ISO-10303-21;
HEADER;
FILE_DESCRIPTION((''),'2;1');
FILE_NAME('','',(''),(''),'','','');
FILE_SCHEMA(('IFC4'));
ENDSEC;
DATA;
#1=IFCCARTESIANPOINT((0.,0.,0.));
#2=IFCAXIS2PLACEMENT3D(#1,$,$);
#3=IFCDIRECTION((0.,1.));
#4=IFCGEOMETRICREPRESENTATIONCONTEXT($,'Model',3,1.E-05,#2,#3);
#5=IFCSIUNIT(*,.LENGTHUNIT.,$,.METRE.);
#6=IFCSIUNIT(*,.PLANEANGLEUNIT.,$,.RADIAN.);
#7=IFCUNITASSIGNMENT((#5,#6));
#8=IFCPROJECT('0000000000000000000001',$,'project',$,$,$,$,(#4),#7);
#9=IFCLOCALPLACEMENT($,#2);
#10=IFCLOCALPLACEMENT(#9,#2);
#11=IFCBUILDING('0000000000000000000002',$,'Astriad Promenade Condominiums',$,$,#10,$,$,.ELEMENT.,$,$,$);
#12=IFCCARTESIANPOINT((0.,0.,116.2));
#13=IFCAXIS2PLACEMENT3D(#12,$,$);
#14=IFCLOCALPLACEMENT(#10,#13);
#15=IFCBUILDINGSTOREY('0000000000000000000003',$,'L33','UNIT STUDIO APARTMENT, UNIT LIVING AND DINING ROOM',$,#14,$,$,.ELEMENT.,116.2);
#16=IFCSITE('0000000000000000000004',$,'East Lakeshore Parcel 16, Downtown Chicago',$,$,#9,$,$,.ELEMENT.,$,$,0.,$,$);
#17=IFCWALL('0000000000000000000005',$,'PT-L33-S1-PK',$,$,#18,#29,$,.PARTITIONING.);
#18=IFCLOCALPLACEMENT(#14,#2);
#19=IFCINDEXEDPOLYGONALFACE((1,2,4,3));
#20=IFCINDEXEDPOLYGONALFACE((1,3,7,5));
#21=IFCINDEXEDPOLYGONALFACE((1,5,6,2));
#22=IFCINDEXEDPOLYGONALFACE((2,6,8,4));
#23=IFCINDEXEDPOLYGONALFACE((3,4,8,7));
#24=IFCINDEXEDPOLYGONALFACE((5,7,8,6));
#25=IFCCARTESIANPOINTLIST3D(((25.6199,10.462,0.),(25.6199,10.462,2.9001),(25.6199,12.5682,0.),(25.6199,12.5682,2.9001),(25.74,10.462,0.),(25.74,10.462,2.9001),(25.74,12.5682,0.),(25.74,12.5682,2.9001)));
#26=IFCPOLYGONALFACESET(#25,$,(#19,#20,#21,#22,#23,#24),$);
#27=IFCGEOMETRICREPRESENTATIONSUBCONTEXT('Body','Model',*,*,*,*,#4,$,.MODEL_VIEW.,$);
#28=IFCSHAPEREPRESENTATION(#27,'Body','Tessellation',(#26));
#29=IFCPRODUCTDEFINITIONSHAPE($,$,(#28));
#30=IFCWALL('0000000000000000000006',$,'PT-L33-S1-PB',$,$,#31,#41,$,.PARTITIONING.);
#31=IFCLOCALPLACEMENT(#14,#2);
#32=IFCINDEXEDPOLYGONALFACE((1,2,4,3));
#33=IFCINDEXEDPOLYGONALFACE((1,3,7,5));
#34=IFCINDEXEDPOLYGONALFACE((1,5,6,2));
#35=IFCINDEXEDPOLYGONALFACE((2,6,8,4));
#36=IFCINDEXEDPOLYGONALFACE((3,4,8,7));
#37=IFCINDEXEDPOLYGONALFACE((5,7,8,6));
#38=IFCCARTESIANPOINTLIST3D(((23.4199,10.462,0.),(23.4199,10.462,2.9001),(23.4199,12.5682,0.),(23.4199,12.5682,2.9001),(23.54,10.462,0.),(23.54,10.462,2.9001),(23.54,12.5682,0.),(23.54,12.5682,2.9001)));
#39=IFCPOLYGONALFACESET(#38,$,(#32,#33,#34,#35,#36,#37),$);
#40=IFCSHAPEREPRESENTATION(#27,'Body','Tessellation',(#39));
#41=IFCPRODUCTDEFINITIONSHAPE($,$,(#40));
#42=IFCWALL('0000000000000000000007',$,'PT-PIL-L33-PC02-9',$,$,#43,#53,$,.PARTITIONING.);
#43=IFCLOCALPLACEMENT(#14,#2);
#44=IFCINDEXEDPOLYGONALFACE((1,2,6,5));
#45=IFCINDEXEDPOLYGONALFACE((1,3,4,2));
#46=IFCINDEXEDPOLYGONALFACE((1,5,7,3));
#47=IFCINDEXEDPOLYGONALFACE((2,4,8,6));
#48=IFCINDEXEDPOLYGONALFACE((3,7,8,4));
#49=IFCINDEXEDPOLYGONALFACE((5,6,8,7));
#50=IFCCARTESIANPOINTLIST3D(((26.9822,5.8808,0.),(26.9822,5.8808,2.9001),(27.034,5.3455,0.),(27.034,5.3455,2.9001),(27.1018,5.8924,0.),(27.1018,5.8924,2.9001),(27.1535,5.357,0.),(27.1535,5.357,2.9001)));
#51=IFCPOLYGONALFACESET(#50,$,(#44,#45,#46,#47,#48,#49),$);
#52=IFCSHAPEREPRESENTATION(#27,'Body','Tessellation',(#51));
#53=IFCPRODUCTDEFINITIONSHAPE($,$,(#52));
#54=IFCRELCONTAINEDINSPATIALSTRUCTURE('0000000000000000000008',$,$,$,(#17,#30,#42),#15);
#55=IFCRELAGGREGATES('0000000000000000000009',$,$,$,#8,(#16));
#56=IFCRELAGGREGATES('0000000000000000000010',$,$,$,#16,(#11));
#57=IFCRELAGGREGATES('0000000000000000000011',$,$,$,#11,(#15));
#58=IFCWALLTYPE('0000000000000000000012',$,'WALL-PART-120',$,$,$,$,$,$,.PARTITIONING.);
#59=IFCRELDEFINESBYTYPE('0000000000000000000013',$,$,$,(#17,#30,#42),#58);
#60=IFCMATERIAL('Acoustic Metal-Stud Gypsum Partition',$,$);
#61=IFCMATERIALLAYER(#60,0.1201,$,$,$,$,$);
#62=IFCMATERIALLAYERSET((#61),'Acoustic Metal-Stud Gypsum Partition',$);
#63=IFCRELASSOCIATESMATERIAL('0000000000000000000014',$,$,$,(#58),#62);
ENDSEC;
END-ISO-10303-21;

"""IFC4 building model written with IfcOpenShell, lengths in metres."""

from ifc_helpers import new_model, si_unit, direction, frame, frame_2d, origin, place, context, subcontext, project, spatial, rectangle, extrude, material, layer, layer_set, type_object, element, save


model = new_model("IFC4")

# Units and contexts
model_context = context("Model", 3, precision=1e-05, world=origin(), true_north=direction((0.0, 1.0)))
body_context = subcontext(model_context, "Body", "Model", "MODEL_VIEW")
ifc_project = project(units=[si_unit("LENGTHUNIT", "METRE"), si_unit("PLANEANGLEUNIT", "RADIAN")], contexts=[model_context])

# Site, building, storey
site_placement = place(None, origin())
site = spatial("IfcSite", under=ifc_project, at=site_placement, Name="East Lakeshore Parcel 16, Downtown Chicago", CompositionType="ELEMENT", RefElevation=0.0)
building_placement = place(site_placement, origin())
building = spatial("IfcBuilding", under=site, at=building_placement, Name="Astriad Promenade Condominiums", CompositionType="ELEMENT")
storey_placement = place(building_placement, frame((0.0, 0.0, 116.2)))
storey = spatial("IfcBuildingStorey", under=building, at=storey_placement, Name="L33", Description="UNIT STUDIO APARTMENT, UNIT LIVING AND DINING ROOM", CompositionType="ELEMENT", Elevation=116.2)

# Shared definitions
ifc_material_1 = material(Name="Acoustic Metal-Stud Gypsum Partition")
ifc_layer_1 = layer(ifc_material_1, 0.1201)
ifc_layer_set_1 = layer_set([ifc_layer_1], Name="Acoustic Metal-Stud Gypsum Partition")
wall_type_1 = type_object("IfcWallType", Name="WALL-PART-120", PredefinedType="PARTITIONING", material=ifc_layer_set_1)

# Walls
for number, where, z_axis, x_axis, name in (
    (1, (25.6799, 10.4619, 0.0), (0.0, 0.0, 1.0), (0.0, 1.0, 0.0), "PT-L33-S1-PK"),
    (2, (23.48, 10.4619, 0.0), (0.0, 0.0, 1.0), (0.0, 1.0, 0.0), "PT-L33-S1-PB"),
):
    element("IfcWall", number, at=place(storey_placement, frame(where, z_axis=z_axis, x_axis=x_axis)), inside=storey, type_object=wall_type_1, Name=name, PredefinedType="PARTITIONING", context=body_context, shape_type="SweptSolid", body=[
        extrude(rectangle(XDim=2.1062, YDim=0.1201, at=frame_2d((1.0532, 0.0))), origin(), (0.0, 0.0, 1.0), 2.9001),
    ])
wall_1_placement = place(storey_placement, frame((27.042, 5.8867, 0.0), z_axis=(0.0, 0.0, 1.0), x_axis=(0.096223, -0.99536, 0.0)))
element("IfcWall", 3, at=wall_1_placement, inside=storey, type_object=wall_type_1, Name="PT-PIL-L33-PC02-9", PredefinedType="PARTITIONING", context=body_context, shape_type="SweptSolid", body=[
    extrude(rectangle(XDim=0.5378, YDim=0.1201, at=frame_2d((0.269, 0.0))), origin(), (0.0, 0.0, 1.0), 2.9001),
])

save(model, "model.ifc")
